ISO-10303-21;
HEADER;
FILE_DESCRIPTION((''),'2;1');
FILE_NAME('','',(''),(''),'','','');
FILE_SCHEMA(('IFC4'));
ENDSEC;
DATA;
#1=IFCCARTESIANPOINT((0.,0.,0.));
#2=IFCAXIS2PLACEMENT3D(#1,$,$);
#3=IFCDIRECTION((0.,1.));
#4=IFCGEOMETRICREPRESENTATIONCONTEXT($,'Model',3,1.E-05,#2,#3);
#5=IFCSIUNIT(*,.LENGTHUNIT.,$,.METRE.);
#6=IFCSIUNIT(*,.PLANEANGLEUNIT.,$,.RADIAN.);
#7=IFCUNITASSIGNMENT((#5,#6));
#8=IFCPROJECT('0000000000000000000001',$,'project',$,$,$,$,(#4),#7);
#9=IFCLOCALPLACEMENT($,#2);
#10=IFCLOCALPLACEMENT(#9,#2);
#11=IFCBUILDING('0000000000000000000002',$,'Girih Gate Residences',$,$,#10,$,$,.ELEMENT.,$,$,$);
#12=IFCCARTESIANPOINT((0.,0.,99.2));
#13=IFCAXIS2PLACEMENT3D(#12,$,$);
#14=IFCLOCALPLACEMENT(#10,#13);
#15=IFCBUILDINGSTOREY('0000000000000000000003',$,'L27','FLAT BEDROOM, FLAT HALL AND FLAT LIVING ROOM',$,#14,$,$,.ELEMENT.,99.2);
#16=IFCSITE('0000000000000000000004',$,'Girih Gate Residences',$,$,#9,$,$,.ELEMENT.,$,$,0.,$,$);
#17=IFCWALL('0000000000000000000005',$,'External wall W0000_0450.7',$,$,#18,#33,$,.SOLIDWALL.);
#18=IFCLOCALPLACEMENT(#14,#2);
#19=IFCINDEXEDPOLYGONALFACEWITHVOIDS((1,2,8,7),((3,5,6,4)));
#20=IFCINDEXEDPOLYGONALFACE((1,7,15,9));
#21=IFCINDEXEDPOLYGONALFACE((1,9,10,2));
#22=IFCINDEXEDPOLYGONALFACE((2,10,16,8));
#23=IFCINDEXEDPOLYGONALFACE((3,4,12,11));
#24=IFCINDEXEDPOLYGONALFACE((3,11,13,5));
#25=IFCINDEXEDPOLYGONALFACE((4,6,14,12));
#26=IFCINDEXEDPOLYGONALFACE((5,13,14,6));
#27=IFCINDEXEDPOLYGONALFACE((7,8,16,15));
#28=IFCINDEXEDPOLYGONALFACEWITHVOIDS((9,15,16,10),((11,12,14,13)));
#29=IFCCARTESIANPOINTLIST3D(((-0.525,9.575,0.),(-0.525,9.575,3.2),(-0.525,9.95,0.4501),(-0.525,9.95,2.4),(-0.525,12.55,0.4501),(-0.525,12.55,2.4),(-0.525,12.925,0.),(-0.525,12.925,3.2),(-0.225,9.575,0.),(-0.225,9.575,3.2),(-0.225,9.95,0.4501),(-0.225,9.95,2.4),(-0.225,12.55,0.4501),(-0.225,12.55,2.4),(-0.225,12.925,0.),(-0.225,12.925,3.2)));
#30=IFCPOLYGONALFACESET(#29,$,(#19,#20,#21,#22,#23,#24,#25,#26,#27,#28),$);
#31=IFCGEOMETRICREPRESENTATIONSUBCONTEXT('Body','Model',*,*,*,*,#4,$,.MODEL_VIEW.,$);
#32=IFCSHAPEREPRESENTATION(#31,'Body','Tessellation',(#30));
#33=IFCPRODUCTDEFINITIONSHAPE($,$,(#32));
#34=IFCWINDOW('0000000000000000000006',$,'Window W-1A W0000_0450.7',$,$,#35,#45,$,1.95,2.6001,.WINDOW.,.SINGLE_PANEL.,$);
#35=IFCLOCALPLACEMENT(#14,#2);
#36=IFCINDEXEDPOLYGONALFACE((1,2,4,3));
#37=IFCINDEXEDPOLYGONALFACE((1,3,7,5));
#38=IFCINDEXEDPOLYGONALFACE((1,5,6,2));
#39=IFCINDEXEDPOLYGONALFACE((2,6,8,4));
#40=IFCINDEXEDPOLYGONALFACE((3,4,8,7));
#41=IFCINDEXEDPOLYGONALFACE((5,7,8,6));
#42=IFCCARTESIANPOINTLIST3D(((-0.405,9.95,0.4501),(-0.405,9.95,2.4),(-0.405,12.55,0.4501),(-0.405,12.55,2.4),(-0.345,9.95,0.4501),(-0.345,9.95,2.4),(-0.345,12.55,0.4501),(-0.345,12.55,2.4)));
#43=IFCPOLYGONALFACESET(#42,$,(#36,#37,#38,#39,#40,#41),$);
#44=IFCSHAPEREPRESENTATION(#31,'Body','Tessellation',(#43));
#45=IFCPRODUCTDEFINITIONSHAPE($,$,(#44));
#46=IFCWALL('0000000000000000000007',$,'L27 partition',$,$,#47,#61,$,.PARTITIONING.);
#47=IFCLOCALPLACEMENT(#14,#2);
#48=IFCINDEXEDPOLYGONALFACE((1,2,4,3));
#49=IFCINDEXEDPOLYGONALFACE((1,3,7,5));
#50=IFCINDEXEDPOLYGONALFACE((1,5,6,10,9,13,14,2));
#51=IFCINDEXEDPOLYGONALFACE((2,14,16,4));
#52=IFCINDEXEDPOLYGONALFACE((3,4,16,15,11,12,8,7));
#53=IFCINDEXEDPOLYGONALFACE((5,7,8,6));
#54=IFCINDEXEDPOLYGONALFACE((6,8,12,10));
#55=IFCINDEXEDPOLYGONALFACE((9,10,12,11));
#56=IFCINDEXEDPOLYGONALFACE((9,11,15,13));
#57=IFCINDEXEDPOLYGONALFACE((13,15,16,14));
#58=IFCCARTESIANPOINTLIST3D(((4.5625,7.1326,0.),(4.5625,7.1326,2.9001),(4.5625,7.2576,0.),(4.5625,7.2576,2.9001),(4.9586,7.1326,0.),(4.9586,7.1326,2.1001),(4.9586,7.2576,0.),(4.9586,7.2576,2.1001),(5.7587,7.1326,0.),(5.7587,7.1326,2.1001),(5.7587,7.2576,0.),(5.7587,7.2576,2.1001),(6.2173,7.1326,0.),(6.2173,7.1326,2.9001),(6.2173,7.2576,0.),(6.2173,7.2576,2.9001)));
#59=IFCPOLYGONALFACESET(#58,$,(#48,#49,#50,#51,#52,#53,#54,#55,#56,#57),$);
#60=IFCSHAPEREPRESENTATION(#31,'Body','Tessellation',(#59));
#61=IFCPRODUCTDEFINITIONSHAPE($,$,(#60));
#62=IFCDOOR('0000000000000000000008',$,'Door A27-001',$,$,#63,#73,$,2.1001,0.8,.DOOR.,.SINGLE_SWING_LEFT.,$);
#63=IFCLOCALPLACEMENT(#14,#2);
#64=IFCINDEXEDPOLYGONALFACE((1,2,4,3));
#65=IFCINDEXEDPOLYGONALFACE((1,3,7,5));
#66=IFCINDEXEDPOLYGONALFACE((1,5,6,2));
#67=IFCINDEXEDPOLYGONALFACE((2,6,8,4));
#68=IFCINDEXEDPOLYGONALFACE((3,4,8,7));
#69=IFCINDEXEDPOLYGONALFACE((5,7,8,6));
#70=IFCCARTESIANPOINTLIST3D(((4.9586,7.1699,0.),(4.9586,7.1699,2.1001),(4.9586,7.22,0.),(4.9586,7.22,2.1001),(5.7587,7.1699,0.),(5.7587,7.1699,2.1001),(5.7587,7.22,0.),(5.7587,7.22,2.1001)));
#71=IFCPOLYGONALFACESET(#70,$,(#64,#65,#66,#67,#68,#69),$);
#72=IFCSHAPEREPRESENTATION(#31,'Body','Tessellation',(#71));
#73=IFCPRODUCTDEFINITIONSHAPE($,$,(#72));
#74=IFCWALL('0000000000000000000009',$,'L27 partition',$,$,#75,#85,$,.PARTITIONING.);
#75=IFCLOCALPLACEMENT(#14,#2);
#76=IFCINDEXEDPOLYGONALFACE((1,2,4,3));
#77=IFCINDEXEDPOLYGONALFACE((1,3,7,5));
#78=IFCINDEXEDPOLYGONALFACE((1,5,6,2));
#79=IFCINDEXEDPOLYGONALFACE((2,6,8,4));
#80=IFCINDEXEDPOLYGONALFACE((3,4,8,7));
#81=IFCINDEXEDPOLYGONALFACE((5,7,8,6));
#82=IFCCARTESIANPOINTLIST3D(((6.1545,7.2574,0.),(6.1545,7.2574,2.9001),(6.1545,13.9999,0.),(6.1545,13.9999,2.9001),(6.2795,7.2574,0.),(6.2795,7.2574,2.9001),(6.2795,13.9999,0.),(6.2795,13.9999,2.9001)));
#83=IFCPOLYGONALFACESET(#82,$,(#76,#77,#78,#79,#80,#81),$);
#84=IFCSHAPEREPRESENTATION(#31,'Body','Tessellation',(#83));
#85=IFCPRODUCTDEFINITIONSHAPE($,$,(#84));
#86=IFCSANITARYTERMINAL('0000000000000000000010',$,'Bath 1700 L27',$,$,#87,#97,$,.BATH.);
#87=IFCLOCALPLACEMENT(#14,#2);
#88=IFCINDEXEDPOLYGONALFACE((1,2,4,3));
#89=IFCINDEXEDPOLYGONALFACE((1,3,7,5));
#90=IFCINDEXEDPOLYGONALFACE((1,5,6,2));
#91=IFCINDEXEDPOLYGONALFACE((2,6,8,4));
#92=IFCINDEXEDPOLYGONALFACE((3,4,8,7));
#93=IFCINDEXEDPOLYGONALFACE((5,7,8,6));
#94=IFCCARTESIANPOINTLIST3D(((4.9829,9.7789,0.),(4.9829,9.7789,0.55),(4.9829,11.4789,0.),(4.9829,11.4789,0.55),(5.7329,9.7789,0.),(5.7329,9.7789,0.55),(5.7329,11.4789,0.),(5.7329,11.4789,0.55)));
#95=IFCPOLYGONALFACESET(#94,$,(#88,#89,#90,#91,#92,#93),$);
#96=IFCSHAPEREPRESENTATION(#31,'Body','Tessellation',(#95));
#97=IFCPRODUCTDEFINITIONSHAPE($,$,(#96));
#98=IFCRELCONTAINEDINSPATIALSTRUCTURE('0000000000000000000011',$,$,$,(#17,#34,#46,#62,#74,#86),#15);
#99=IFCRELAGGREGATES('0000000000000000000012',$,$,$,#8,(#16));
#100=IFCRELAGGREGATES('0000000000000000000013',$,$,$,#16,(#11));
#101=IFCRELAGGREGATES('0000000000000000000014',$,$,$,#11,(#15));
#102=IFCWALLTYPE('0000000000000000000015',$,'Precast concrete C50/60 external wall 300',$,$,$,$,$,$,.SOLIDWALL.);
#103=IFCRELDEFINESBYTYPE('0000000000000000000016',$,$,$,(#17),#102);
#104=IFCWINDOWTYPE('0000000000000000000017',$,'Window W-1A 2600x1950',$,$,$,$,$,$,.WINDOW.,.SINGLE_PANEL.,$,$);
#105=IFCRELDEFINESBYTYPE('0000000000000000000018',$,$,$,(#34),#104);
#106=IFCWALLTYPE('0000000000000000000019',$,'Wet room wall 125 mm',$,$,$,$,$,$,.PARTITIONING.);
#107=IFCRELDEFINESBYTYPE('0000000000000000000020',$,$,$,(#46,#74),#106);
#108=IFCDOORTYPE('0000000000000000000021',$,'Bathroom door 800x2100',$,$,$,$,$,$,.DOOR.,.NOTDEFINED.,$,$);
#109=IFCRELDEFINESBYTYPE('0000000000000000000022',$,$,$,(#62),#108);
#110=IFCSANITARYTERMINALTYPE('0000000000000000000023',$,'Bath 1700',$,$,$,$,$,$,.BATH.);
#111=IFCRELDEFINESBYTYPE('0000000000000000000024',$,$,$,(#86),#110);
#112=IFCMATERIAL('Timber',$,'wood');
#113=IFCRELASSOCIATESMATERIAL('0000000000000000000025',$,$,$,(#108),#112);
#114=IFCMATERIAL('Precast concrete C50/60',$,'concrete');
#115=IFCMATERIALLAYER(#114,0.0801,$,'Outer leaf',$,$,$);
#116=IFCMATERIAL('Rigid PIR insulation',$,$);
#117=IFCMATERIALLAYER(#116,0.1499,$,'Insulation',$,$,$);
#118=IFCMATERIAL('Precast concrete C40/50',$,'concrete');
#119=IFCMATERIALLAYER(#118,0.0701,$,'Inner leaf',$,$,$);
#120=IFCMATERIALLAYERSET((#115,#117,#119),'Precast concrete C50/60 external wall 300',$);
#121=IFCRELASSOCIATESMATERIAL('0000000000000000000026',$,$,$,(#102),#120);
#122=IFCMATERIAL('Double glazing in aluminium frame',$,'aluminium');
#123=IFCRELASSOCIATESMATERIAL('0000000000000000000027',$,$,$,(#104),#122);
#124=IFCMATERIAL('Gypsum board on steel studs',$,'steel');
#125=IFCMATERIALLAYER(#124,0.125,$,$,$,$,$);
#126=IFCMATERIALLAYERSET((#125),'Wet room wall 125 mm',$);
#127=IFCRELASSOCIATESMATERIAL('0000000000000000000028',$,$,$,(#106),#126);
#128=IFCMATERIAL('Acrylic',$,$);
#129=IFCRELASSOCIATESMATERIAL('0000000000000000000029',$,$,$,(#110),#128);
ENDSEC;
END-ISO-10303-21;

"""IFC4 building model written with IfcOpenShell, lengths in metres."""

from ifc_helpers import new_model, si_unit, direction, frame, frame_2d, origin, origin_2d, place, context, subcontext, project, spatial, rectangle, extrude, material, layer, layer_set, type_object, element, fill, save


model = new_model("IFC4")

# Units and contexts
model_context = context("Model", 3, precision=1e-05, world=origin(), true_north=direction((0.0, 1.0)))
body_context = subcontext(model_context, "Body", "Model", "MODEL_VIEW")
ifc_project = project(units=[si_unit("LENGTHUNIT", "METRE"), si_unit("PLANEANGLEUNIT", "RADIAN")], contexts=[model_context])

# Site, building, storey
site_placement = place(None, origin())
site = spatial("IfcSite", under=ifc_project, at=site_placement, Name="Girih Gate Residences", CompositionType="ELEMENT", RefElevation=0.0)
building_placement = place(site_placement, origin())
building = spatial("IfcBuilding", under=site, at=building_placement, Name="Girih Gate Residences", CompositionType="ELEMENT")
storey_placement = place(building_placement, frame((0.0, 0.0, 99.2)))
storey = spatial("IfcBuildingStorey", under=building, at=storey_placement, Name="L27", Description="FLAT BEDROOM, FLAT HALL AND FLAT LIVING ROOM", CompositionType="ELEMENT", Elevation=99.2)

# Shared definitions
ifc_material_1 = material(Name="Gypsum board on steel studs", Category="steel")

# Shared definitions
ifc_material_2 = material(Name="Timber", Category="wood")
door_type_1 = type_object("IfcDoorType", Name="Bathroom door 800x2100", OperationType="NOTDEFINED", PredefinedType="DOOR", material=ifc_material_2)

# Wall, opening, window
ifc_material_3 = material(Name="Precast concrete C50/60", Category="concrete")
ifc_layer_1 = layer(ifc_material_3, 0.0801, Name="Outer leaf")
ifc_material_4 = material(Name="Rigid PIR insulation")
ifc_layer_2 = layer(ifc_material_4, 0.1499, Name="Insulation")
ifc_material_5 = material(Name="Precast concrete C40/50", Category="concrete")
ifc_layer_3 = layer(ifc_material_5, 0.0701, Name="Inner leaf")
ifc_layer_set_1 = layer_set([ifc_layer_1, ifc_layer_2, ifc_layer_3], Name="Precast concrete C50/60 external wall 300")
wall_type_1 = type_object("IfcWallType", Name="Precast concrete C50/60 external wall 300", PredefinedType="SOLIDWALL", material=ifc_layer_set_1)
ifc_material_6 = material(Name="Double glazing in aluminium frame", Category="aluminium")
window_type = type_object("IfcWindowType", Name="Window W-1A 2600x1950", PartitioningType="SINGLE_PANEL", PredefinedType="WINDOW", material=ifc_material_6)
wall_1_placement = place(storey_placement, frame((-0.375, 9.575, 0.0), z_axis=(0.0, 0.0, 1.0), x_axis=(0.0, 1.0, 0.0)))
wall_1 = element("IfcWall", 1, at=wall_1_placement, inside=storey, type_object=wall_type_1, Name="External wall W0000_0450.7", PredefinedType="SOLIDWALL", context=body_context, shape_type="SweptSolid", body=[
    extrude(rectangle(XDim=3.3501, YDim=0.3, at=frame_2d((1.675, 0.0))), origin(), (0.0, 0.0, 1.0), 3.2),
])
opening_1_placement = place(wall_1_placement, frame((0.375, 0.0, 0.45)))
opening_1 = element("IfcOpeningElement", 2, at=opening_1_placement, cuts=wall_1, PredefinedType="OPENING", context=body_context, shape_type="SweptSolid", body=[
    extrude(rectangle(XDim=2.6001, YDim=1.95, at=frame_2d((1.3, 0.9751))), frame((0.0, 0.1599, 0.0), z_axis=(0.0, -1.0, 0.0), x_axis=(1.0, 0.0, 0.0)), (0.0, 0.0, 1.0), 0.3201),
])
window_1_placement = place(opening_1_placement, origin())
window_1 = element("IfcWindow", 3, at=window_1_placement, inside=storey, type_object=window_type, Name="Window W-1A W0000_0450.7", OverallHeight=1.95, OverallWidth=2.6001, PartitioningType="SINGLE_PANEL", PredefinedType="WINDOW", context=body_context, shape_type="SweptSolid", body=[
    extrude(rectangle(XDim=2.6001, YDim=1.95, at=frame_2d((1.3, 0.9751))), frame((0.0, 0.03, 0.0), z_axis=(0.0, -1.0, 0.0), x_axis=(1.0, 0.0, 0.0)), (0.0, 0.0, 1.0), 0.0601),
])
fill(opening_1, window_1)

# Wall, opening, door
ifc_layer_4 = layer(ifc_material_1, 0.125)
ifc_layer_set_2 = layer_set([ifc_layer_4], Name="Wet room wall 125 mm")
wall_type_2 = type_object("IfcWallType", Name="Wet room wall 125 mm", PredefinedType="PARTITIONING", material=ifc_layer_set_2)
wall_2_placement = place(storey_placement, frame((4.5625, 7.1951, 0.0), z_axis=(0.0, 0.0, 1.0), x_axis=(1.0, 0.0, 0.0)))
wall_2 = element("IfcWall", 4, at=wall_2_placement, inside=storey, type_object=wall_type_2, Name="L27 partition", PredefinedType="PARTITIONING", context=body_context, shape_type="SweptSolid", body=[
    extrude(rectangle(XDim=1.6548, YDim=0.125, at=frame_2d((0.8274, 0.0))), origin(), (0.0, 0.0, 1.0), 2.9001),
])
opening_2_placement = place(wall_2_placement, frame((0.3962, 0.0, 0.0)))
opening_2 = element("IfcOpeningElement", 5, at=opening_2_placement, cuts=wall_2, PredefinedType="OPENING", context=body_context, shape_type="SweptSolid", body=[
    extrude(rectangle(XDim=0.8, YDim=2.1001, at=frame_2d((0.3999, 1.05))), frame((0.0, 0.0725, 0.0), z_axis=(0.0, -1.0, 0.0), x_axis=(1.0, 0.0, 0.0)), (0.0, 0.0, 1.0), 0.145),
])
door_1_placement = place(opening_2_placement, origin())
door_1 = element("IfcDoor", 6, at=door_1_placement, inside=storey, type_object=door_type_1, Name="Door A27-001", OperationType="SINGLE_SWING_LEFT", OverallHeight=2.1001, OverallWidth=0.8, PredefinedType="DOOR", context=body_context, shape_type="SweptSolid", body=[
    extrude(rectangle(XDim=0.8, YDim=2.1001, at=frame_2d((0.3999, 1.05))), frame((0.0, 0.0249, 0.0), z_axis=(0.0, -1.0, 0.0), x_axis=(1.0, 0.0, 0.0)), (0.0, 0.0, 1.0), 0.05),
])
fill(opening_2, door_1)

# Wall
wall_3_placement = place(storey_placement, frame((6.217, 7.2576, 0.0), z_axis=(0.0, 0.0, 1.0), x_axis=(0.0, 1.0, 0.0)))
element("IfcWall", 7, at=wall_3_placement, inside=storey, type_object=wall_type_2, Name="L27 partition", PredefinedType="PARTITIONING", context=body_context, shape_type="SweptSolid", body=[
    extrude(rectangle(XDim=6.7424, YDim=0.125, at=frame_2d((3.3711, 0.0))), origin(), (0.0, 0.0, 1.0), 2.9001),
])

# Sanitary terminal
ifc_material_7 = material(Name="Acrylic")
sanitary_terminal_type = type_object("IfcSanitaryTerminalType", Name="Bath 1700", PredefinedType="BATH", material=ifc_material_7)
sanitary_terminal_placement = place(storey_placement, frame((5.3579, 10.6289, 0.0), z_axis=(0.0, 0.0, 1.0), x_axis=(1.0, 0.0, 0.0)))
element("IfcSanitaryTerminal", 8, at=sanitary_terminal_placement, inside=storey, type_object=sanitary_terminal_type, Name="Bath 1700 L27", PredefinedType="BATH", context=body_context, shape_type="SweptSolid", body=[
    extrude(rectangle(XDim=0.75, YDim=1.7, at=origin_2d()), origin(), (0.0, 0.0, 1.0), 0.55),
])

save(model, "model.ifc")
